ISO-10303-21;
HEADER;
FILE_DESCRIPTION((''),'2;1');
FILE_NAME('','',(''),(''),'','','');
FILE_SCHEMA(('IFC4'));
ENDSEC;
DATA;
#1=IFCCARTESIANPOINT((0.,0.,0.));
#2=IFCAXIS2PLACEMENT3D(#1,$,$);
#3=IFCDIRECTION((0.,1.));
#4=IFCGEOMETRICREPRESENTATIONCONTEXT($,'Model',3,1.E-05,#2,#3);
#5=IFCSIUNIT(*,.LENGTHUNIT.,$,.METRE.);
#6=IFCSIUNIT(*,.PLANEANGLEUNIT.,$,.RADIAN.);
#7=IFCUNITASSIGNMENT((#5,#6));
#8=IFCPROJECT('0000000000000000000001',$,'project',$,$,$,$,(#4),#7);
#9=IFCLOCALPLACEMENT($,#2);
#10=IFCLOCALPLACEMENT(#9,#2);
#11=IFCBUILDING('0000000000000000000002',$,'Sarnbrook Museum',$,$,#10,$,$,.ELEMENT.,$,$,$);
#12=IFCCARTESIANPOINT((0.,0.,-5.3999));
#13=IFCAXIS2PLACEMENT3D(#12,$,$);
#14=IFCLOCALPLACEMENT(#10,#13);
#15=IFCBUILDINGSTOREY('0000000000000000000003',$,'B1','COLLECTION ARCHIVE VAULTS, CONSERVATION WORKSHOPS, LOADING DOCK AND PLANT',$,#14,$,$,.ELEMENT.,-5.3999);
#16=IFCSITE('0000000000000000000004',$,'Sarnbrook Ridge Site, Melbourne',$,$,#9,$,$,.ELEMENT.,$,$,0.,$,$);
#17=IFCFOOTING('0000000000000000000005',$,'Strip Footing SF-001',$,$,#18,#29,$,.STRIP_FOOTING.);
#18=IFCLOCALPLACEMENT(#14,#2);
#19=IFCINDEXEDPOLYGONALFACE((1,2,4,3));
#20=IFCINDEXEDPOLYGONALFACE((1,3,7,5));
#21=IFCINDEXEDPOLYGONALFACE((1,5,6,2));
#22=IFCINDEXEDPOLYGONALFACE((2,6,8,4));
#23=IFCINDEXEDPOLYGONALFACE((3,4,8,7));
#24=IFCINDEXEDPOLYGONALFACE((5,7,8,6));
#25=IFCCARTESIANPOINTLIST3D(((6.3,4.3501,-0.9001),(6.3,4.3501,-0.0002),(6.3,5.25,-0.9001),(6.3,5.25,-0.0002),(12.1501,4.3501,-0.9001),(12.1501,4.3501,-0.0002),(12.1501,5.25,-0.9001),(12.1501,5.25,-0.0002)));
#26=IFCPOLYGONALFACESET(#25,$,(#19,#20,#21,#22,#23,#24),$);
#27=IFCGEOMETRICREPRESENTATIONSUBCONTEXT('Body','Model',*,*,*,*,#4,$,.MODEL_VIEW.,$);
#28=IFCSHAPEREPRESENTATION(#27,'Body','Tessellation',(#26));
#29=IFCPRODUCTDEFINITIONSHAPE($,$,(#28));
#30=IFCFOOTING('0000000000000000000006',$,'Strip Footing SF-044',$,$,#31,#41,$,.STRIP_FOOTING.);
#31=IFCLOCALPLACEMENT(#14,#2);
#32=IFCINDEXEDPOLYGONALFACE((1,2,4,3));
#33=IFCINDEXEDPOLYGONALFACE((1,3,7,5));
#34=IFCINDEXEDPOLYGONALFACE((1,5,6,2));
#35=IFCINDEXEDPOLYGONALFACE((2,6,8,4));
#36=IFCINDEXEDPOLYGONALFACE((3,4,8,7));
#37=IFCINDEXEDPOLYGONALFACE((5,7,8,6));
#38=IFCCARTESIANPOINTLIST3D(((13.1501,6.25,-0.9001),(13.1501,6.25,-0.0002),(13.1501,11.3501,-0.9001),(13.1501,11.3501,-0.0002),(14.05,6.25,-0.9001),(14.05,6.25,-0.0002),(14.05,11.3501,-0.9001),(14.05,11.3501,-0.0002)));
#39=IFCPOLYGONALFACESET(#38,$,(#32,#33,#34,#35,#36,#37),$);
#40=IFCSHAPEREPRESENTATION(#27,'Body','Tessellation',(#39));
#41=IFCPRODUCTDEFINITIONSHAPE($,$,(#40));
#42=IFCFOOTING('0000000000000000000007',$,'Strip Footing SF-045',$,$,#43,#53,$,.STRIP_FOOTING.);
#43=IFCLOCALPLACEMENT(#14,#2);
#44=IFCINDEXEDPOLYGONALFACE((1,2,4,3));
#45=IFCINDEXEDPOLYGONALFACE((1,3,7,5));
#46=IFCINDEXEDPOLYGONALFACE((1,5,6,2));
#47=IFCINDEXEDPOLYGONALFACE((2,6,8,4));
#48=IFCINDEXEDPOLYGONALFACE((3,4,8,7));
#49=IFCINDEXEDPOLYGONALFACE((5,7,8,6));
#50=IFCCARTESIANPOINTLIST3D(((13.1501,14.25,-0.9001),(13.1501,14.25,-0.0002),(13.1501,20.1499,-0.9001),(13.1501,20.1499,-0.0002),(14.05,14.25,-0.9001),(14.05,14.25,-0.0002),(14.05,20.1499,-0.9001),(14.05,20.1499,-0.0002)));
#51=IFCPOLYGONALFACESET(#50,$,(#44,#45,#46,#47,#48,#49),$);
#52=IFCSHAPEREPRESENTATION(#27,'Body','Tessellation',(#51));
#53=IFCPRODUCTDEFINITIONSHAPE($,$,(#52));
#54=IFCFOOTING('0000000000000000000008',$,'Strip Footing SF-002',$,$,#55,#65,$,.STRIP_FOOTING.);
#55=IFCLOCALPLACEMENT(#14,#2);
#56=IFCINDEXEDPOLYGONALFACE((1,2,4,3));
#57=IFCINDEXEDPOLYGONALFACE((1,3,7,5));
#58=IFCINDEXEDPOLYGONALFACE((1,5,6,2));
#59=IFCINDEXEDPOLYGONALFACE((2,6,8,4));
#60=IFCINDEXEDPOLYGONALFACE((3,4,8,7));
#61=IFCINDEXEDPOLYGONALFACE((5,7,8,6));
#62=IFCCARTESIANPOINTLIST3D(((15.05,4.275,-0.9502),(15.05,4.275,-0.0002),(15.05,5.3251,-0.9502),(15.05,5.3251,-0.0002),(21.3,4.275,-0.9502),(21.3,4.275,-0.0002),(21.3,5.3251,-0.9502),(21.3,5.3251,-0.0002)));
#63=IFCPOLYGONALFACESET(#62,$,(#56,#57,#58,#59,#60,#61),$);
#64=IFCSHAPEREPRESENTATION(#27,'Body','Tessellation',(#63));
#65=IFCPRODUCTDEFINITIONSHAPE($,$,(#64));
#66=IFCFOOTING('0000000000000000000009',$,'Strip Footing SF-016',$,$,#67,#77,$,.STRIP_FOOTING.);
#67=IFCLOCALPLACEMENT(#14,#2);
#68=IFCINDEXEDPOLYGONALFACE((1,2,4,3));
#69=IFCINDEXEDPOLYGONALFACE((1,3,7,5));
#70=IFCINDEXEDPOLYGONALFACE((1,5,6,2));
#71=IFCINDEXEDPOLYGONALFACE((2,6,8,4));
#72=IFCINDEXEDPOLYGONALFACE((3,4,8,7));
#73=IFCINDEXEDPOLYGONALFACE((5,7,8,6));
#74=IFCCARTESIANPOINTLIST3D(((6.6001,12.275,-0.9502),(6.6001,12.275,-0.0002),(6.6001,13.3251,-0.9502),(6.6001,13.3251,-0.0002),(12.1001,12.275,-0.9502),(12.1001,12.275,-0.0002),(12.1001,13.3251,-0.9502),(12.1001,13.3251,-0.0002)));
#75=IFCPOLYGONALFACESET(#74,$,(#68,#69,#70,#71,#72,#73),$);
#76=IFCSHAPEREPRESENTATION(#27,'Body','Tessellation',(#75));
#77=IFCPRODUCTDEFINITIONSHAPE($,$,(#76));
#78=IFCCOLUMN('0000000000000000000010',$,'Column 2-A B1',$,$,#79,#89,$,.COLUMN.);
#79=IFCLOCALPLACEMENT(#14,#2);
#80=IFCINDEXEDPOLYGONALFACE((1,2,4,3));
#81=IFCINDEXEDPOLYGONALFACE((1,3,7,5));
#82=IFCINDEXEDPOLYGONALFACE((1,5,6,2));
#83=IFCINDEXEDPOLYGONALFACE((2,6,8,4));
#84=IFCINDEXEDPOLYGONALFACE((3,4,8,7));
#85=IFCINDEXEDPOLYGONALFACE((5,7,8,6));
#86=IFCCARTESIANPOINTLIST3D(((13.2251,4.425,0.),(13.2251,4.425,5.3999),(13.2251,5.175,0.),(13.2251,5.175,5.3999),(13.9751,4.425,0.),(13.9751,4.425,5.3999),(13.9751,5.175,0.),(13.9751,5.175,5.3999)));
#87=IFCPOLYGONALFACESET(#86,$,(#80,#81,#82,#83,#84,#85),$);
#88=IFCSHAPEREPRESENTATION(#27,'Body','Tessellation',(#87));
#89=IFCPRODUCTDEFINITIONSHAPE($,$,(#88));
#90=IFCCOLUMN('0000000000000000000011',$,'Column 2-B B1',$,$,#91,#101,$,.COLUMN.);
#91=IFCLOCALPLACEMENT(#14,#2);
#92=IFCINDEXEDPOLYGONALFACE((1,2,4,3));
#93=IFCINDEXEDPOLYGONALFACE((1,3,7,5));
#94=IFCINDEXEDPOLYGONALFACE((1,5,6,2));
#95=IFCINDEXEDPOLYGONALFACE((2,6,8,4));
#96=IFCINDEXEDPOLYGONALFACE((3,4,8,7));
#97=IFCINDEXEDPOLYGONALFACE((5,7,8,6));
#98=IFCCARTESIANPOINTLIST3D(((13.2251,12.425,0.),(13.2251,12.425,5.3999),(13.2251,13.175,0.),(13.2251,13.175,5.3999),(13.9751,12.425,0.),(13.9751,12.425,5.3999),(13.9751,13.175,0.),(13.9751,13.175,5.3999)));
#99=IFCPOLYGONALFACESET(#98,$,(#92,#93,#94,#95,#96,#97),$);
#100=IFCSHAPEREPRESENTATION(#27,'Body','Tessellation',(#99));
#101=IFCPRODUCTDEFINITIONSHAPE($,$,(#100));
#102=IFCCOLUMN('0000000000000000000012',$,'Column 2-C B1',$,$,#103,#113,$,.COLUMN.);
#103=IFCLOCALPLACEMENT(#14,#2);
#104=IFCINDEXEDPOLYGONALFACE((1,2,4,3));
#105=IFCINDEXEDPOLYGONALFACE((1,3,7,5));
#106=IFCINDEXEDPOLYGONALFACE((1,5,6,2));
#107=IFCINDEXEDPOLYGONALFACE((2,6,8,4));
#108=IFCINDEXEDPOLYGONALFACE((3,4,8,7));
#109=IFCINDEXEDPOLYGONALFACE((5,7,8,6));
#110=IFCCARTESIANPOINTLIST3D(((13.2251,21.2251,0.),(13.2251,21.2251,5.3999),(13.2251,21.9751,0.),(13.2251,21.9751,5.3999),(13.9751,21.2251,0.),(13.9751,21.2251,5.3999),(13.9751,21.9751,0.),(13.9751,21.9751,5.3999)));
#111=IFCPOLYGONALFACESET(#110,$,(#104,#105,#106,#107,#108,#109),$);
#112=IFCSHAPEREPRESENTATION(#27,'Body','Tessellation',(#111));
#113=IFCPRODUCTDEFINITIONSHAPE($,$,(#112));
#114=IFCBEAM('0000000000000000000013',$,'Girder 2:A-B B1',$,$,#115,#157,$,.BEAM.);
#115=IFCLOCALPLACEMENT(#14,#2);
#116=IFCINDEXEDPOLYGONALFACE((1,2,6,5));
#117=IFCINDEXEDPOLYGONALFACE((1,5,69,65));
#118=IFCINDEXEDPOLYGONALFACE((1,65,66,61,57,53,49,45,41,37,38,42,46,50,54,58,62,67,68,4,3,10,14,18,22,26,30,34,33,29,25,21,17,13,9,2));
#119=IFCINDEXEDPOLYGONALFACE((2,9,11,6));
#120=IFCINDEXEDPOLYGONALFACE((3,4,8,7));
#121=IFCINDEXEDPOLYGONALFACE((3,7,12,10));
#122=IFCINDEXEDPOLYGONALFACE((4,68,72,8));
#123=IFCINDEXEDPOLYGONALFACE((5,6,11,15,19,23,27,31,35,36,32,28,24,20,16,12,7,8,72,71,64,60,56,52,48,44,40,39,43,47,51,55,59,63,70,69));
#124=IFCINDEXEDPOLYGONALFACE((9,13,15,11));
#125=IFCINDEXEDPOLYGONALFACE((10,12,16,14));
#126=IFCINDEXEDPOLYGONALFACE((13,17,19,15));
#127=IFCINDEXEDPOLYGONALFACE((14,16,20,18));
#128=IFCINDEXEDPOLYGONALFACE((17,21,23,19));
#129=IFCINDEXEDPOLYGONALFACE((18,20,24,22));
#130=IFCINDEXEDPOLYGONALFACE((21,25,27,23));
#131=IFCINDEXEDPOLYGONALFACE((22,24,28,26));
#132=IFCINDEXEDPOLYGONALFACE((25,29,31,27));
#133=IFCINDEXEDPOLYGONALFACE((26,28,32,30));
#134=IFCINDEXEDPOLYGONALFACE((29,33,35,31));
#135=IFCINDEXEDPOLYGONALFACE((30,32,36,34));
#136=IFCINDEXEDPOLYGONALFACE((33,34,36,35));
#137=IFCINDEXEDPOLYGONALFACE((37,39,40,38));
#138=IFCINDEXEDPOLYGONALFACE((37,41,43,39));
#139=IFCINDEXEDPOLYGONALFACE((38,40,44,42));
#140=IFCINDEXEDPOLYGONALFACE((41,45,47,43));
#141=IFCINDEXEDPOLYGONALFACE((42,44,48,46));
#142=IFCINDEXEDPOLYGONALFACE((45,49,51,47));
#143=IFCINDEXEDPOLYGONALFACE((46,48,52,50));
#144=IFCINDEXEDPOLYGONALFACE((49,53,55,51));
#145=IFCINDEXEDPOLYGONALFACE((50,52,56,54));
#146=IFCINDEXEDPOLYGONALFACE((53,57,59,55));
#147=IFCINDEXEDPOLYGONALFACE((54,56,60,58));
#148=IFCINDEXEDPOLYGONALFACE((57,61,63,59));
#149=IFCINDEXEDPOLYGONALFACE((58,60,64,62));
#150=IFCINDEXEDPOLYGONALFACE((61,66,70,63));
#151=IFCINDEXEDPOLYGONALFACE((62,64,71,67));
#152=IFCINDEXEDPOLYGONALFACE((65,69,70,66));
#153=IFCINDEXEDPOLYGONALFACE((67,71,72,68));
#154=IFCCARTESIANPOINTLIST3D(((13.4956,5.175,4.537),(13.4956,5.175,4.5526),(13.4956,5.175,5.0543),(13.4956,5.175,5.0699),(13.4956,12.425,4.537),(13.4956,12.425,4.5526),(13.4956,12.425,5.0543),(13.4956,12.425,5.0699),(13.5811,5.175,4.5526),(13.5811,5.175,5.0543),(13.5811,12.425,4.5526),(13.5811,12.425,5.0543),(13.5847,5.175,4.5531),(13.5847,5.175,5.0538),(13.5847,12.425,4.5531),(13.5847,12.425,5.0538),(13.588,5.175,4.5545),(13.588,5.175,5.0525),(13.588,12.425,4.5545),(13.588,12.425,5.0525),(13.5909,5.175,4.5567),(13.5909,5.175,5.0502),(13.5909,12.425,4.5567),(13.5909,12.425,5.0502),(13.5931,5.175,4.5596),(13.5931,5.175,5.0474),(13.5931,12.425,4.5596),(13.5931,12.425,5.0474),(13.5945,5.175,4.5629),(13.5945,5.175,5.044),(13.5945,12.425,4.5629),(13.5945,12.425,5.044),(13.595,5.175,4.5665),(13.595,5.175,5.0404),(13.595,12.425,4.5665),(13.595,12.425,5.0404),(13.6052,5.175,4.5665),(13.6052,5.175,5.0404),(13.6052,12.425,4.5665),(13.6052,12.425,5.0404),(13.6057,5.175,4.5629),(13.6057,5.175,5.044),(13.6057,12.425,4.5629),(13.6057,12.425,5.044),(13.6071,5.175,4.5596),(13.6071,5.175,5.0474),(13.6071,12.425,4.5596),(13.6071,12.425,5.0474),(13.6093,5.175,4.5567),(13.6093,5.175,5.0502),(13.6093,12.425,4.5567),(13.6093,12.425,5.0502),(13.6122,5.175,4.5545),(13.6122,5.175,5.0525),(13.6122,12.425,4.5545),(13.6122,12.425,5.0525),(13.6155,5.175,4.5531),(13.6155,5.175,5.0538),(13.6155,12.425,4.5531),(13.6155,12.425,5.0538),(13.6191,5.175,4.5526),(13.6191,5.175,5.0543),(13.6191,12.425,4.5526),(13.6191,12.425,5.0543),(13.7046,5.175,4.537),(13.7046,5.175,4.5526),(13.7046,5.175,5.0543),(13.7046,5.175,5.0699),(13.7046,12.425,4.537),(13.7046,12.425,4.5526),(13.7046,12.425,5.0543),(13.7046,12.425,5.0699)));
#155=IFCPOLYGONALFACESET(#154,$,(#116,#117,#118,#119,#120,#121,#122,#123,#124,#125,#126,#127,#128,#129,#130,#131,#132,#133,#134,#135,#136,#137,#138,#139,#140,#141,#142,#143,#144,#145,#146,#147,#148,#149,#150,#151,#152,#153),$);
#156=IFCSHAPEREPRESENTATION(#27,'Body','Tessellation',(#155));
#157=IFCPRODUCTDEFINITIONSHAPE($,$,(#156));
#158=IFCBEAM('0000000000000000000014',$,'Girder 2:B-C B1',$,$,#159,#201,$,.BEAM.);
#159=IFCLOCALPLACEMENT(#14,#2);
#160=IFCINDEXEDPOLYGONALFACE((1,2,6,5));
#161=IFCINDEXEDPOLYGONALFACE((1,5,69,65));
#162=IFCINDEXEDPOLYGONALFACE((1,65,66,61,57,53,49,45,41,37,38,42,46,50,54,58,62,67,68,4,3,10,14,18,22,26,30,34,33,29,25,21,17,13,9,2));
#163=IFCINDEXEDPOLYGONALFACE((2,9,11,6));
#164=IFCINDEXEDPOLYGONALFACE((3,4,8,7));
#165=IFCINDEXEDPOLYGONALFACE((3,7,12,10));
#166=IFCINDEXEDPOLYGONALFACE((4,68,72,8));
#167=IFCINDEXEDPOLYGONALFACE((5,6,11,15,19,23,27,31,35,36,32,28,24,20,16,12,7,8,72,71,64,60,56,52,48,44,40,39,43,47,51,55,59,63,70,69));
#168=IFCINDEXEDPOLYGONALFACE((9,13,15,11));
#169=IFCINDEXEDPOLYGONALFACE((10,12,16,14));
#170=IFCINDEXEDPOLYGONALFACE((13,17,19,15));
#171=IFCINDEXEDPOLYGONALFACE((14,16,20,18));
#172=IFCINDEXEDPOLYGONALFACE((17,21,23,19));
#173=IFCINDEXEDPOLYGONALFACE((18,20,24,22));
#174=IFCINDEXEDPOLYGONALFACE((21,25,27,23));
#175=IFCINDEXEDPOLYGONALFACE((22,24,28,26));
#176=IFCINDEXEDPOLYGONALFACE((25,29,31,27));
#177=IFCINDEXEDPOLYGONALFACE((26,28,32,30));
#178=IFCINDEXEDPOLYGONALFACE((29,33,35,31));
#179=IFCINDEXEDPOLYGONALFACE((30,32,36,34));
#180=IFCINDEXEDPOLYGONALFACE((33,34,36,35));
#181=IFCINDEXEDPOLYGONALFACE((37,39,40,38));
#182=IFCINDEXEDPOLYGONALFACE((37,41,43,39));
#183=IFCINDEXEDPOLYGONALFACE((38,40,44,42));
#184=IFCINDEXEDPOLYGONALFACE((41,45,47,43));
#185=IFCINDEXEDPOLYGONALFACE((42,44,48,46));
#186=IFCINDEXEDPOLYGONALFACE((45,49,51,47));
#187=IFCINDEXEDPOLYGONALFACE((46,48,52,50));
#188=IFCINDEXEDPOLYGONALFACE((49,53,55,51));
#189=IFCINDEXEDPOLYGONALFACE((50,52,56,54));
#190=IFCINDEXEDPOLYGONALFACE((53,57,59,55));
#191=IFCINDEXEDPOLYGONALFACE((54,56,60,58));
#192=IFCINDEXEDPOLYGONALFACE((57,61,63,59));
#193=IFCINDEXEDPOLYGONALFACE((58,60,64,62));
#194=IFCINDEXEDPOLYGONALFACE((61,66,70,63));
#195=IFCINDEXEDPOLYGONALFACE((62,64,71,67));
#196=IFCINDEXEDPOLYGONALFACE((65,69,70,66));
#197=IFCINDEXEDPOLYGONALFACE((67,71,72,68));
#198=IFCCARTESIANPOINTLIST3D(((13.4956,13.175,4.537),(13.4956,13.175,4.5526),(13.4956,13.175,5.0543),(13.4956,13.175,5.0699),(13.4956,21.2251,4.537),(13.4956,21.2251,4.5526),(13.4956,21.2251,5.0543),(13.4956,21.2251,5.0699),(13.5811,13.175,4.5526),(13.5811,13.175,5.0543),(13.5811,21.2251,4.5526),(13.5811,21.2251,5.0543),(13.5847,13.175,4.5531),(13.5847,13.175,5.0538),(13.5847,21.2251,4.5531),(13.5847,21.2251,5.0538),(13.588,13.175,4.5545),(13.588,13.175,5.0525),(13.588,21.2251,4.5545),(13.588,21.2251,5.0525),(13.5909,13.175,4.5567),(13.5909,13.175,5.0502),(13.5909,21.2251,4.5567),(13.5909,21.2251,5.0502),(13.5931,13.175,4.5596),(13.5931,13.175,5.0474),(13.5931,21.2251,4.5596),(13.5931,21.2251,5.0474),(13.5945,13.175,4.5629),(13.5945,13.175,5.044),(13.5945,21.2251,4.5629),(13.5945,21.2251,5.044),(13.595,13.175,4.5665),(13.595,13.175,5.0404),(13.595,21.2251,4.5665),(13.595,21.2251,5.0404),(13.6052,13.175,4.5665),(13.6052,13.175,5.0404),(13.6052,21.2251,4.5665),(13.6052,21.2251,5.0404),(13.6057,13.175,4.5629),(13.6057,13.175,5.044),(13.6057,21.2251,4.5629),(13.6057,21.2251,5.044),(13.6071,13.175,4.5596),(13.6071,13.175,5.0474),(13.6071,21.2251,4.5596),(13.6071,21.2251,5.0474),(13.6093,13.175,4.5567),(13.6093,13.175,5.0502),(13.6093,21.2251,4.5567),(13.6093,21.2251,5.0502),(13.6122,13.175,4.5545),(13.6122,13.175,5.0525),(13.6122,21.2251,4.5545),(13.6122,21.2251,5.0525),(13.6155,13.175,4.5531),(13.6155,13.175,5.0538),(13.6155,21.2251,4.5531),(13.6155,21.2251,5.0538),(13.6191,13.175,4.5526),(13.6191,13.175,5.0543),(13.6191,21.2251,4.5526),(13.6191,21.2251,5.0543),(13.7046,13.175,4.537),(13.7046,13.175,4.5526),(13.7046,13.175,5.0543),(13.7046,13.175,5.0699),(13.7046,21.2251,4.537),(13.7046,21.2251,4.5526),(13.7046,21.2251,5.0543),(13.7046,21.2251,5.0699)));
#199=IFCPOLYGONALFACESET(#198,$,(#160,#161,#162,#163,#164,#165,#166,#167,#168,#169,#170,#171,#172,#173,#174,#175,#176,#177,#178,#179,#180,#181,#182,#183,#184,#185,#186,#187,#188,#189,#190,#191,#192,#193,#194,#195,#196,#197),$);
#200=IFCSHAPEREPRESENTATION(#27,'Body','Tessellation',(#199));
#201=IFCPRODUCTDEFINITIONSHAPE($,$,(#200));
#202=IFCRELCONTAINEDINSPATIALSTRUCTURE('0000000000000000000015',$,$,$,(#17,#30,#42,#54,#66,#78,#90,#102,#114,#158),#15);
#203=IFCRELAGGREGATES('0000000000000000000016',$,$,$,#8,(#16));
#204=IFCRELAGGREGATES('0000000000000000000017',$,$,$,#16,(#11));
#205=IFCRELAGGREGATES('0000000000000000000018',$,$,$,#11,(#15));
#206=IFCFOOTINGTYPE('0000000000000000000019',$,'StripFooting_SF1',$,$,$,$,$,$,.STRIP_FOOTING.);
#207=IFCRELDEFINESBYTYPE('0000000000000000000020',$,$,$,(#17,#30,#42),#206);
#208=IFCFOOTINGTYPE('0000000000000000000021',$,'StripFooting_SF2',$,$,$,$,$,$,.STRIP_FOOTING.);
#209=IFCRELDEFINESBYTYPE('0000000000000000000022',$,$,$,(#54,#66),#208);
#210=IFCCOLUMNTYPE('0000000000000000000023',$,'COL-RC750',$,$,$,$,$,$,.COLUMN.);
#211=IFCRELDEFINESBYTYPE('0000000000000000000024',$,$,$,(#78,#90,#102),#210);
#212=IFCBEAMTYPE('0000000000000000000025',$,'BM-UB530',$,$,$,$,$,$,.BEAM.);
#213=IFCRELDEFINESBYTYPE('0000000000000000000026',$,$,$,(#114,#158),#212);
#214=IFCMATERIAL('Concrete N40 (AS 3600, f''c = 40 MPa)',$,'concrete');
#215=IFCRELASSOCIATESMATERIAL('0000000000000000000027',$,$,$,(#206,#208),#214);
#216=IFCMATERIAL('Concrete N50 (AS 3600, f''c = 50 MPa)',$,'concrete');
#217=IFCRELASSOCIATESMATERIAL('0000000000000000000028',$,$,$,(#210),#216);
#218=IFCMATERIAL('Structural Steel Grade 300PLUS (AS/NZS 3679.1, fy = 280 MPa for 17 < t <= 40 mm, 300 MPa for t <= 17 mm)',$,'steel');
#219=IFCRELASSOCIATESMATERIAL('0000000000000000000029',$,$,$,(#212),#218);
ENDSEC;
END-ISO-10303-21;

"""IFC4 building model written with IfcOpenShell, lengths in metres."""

from ifc_helpers import new_model, si_unit, direction, frame, origin, origin_2d, place, context, subcontext, project, spatial, rectangle, i_section, extrude, material, material_profile, profile_set, type_object, element, save


model = new_model("IFC4")

# Units and contexts
model_context = context("Model", 3, precision=1e-05, world=origin(), true_north=direction((0.0, 1.0)))
body_context = subcontext(model_context, "Body", "Model", "MODEL_VIEW")
ifc_project = project(units=[si_unit("LENGTHUNIT", "METRE"), si_unit("PLANEANGLEUNIT", "RADIAN")], contexts=[model_context])

# Site, building, storey
site_placement = place(None, origin())
site = spatial("IfcSite", under=ifc_project, at=site_placement, Name="Sarnbrook Ridge Site, Melbourne", CompositionType="ELEMENT", RefElevation=0.0)
building_placement = place(site_placement, origin())
building = spatial("IfcBuilding", under=site, at=building_placement, Name="Sarnbrook Museum", CompositionType="ELEMENT")
storey_placement = place(building_placement, frame((0.0, 0.0, -5.3999)))
storey = spatial("IfcBuildingStorey", under=building, at=storey_placement, Name="B1", Description="COLLECTION ARCHIVE VAULTS, CONSERVATION WORKSHOPS, LOADING DOCK AND PLANT", CompositionType="ELEMENT", Elevation=-5.3999)

# Shared definitions
ifc_material_1 = material(Name="Concrete N50 (AS 3600, f'c = 50 MPa)", Category="concrete")

# Footings
ifc_material_2 = material(Name="Concrete N40 (AS 3600, f'c = 40 MPa)", Category="concrete")
footing_type_1 = type_object("IfcFootingType", Name="StripFooting_SF1", PredefinedType="STRIP_FOOTING", material=ifc_material_2)
footing_1_placement = place(storey_placement, frame((9.2251, 4.8, -0.9001), z_axis=(0.0, 0.0, 1.0), x_axis=(1.0, 0.0, 0.0)))
element("IfcFooting", 1, at=footing_1_placement, inside=storey, type_object=footing_type_1, Name="Strip Footing SF-001", PredefinedType="STRIP_FOOTING", context=body_context, shape_type="SweptSolid", body=[
    extrude(rectangle(XDim=5.8501, YDim=0.8999, at=origin_2d()), origin(), (0.0, 0.0, 1.0), 0.8999),
])
footing_2_placement = place(storey_placement, frame((13.6001, 8.8, -0.9001), z_axis=(0.0, 0.0, 1.0), x_axis=(1.0, 0.0, 0.0)))
element("IfcFooting", 2, at=footing_2_placement, inside=storey, type_object=footing_type_1, Name="Strip Footing SF-044", PredefinedType="STRIP_FOOTING", context=body_context, shape_type="SweptSolid", body=[
    extrude(rectangle(XDim=0.8999, YDim=5.1001, at=origin_2d()), origin(), (0.0, 0.0, 1.0), 0.8999),
])
footing_3_placement = place(storey_placement, frame((13.6001, 17.2, -0.9001), z_axis=(0.0, 0.0, 1.0), x_axis=(1.0, 0.0, 0.0)))
element("IfcFooting", 3, at=footing_3_placement, inside=storey, type_object=footing_type_1, Name="Strip Footing SF-045", PredefinedType="STRIP_FOOTING", context=body_context, shape_type="SweptSolid", body=[
    extrude(rectangle(XDim=0.8999, YDim=5.8999, at=origin_2d()), origin(), (0.0, 0.0, 1.0), 0.8999),
])
footing_type_2 = type_object("IfcFootingType", Name="StripFooting_SF2", PredefinedType="STRIP_FOOTING", material=ifc_material_2)
footing_4_placement = place(storey_placement, frame((18.175, 4.8, -0.9502), z_axis=(0.0, 0.0, 1.0), x_axis=(1.0, 0.0, 0.0)))
element("IfcFooting", 4, at=footing_4_placement, inside=storey, type_object=footing_type_2, Name="Strip Footing SF-002", PredefinedType="STRIP_FOOTING", context=body_context, shape_type="SweptSolid", body=[
    extrude(rectangle(XDim=6.25, YDim=1.05, at=origin_2d()), origin(), (0.0, 0.0, 1.0), 0.95),
])
footing_5_placement = place(storey_placement, frame((9.3501, 12.8, -0.9502), z_axis=(0.0, 0.0, 1.0), x_axis=(1.0, 0.0, 0.0)))
element("IfcFooting", 5, at=footing_5_placement, inside=storey, type_object=footing_type_2, Name="Strip Footing SF-016", PredefinedType="STRIP_FOOTING", context=body_context, shape_type="SweptSolid", body=[
    extrude(rectangle(XDim=5.5, YDim=1.05, at=origin_2d()), origin(), (0.0, 0.0, 1.0), 0.95),
])

# Columns
ifc_material_profile_1 = material_profile(ifc_material_1, rectangle(XDim=0.75, YDim=0.75, at=origin_2d()), Name="RC 750x750")
ifc_profile_set_1 = profile_set([ifc_material_profile_1], Name="Concrete N50 (AS 3600, f'c = 50 MPa)")
column_type = type_object("IfcColumnType", Name="COL-RC750", PredefinedType="COLUMN", material=ifc_profile_set_1)
for number, where, z_axis, x_axis, name in (
    (6, (13.6001, 4.8, 0.0), (0.0, 0.0, 1.0), (1.0, 0.0, 0.0), "Column 2-A B1"),
    (7, (13.6001, 12.8, 0.0), (0.0, 0.0, 1.0), (1.0, 0.0, 0.0), "Column 2-B B1"),
    (8, (13.6001, 21.6001, 0.0), (0.0, 0.0, 1.0), (1.0, 0.0, 0.0), "Column 2-C B1"),
):
    element("IfcColumn", number, at=place(storey_placement, frame(where, z_axis=z_axis, x_axis=x_axis)), inside=storey, type_object=column_type, Name=name, PredefinedType="COLUMN", context=body_context, shape_type="SweptSolid", body=[
        extrude(rectangle(XDim=0.75, YDim=0.75, at=origin_2d()), origin(), (0.0, 0.0, 1.0), 5.3999),
    ])

# Beams
ifc_material_3 = material(Name="Structural Steel Grade 300PLUS (AS/NZS 3679.1, fy = 280 MPa for 17 < t <= 40 mm, 300 MPa for t <= 17 mm)", Category="steel")
ifc_material_profile_2 = material_profile(ifc_material_3, i_section(OverallWidth=0.209, OverallDepth=0.533, WebThickness=0.0103, FlangeThickness=0.0156, FilletRadius=0.0139, at=origin_2d()), Name="530UB92.4")
ifc_profile_set_2 = profile_set([ifc_material_profile_2], Name="Structural Steel Grade 300PLUS (AS/NZS 3679.1, fy = 280 MPa for 17 < t <= 40 mm, 300 MPa for t <= 17 mm)")
beam_type_1 = type_object("IfcBeamType", Name="BM-UB530", PredefinedType="BEAM", material=ifc_profile_set_2)
beam_1_placement = place(storey_placement, frame((13.6001, 5.175, 4.8035), z_axis=(0.0, 1.0, 0.0), x_axis=(-1.0, 0.0, 0.0)))
element("IfcBeam", 9, at=beam_1_placement, inside=storey, type_object=beam_type_1, Name="Girder 2:A-B B1", PredefinedType="BEAM", context=body_context, shape_type="SweptSolid", body=[
    extrude(i_section(OverallWidth=0.209, OverallDepth=0.533, WebThickness=0.0103, FlangeThickness=0.0156, FilletRadius=0.0139, at=origin_2d()), origin(), (0.0, 0.0, 1.0), 7.25),
])
beam_2_placement = place(storey_placement, frame((13.6001, 13.175, 4.8035), z_axis=(0.0, 1.0, 0.0), x_axis=(-1.0, 0.0, 0.0)))
element("IfcBeam", 10, at=beam_2_placement, inside=storey, type_object=beam_type_1, Name="Girder 2:B-C B1", PredefinedType="BEAM", context=body_context, shape_type="SweptSolid", body=[
    extrude(i_section(OverallWidth=0.209, OverallDepth=0.533, WebThickness=0.0103, FlangeThickness=0.0156, FilletRadius=0.0139, at=origin_2d()), origin(), (0.0, 0.0, 1.0), 8.05),
])

save(model, "model.ifc")
